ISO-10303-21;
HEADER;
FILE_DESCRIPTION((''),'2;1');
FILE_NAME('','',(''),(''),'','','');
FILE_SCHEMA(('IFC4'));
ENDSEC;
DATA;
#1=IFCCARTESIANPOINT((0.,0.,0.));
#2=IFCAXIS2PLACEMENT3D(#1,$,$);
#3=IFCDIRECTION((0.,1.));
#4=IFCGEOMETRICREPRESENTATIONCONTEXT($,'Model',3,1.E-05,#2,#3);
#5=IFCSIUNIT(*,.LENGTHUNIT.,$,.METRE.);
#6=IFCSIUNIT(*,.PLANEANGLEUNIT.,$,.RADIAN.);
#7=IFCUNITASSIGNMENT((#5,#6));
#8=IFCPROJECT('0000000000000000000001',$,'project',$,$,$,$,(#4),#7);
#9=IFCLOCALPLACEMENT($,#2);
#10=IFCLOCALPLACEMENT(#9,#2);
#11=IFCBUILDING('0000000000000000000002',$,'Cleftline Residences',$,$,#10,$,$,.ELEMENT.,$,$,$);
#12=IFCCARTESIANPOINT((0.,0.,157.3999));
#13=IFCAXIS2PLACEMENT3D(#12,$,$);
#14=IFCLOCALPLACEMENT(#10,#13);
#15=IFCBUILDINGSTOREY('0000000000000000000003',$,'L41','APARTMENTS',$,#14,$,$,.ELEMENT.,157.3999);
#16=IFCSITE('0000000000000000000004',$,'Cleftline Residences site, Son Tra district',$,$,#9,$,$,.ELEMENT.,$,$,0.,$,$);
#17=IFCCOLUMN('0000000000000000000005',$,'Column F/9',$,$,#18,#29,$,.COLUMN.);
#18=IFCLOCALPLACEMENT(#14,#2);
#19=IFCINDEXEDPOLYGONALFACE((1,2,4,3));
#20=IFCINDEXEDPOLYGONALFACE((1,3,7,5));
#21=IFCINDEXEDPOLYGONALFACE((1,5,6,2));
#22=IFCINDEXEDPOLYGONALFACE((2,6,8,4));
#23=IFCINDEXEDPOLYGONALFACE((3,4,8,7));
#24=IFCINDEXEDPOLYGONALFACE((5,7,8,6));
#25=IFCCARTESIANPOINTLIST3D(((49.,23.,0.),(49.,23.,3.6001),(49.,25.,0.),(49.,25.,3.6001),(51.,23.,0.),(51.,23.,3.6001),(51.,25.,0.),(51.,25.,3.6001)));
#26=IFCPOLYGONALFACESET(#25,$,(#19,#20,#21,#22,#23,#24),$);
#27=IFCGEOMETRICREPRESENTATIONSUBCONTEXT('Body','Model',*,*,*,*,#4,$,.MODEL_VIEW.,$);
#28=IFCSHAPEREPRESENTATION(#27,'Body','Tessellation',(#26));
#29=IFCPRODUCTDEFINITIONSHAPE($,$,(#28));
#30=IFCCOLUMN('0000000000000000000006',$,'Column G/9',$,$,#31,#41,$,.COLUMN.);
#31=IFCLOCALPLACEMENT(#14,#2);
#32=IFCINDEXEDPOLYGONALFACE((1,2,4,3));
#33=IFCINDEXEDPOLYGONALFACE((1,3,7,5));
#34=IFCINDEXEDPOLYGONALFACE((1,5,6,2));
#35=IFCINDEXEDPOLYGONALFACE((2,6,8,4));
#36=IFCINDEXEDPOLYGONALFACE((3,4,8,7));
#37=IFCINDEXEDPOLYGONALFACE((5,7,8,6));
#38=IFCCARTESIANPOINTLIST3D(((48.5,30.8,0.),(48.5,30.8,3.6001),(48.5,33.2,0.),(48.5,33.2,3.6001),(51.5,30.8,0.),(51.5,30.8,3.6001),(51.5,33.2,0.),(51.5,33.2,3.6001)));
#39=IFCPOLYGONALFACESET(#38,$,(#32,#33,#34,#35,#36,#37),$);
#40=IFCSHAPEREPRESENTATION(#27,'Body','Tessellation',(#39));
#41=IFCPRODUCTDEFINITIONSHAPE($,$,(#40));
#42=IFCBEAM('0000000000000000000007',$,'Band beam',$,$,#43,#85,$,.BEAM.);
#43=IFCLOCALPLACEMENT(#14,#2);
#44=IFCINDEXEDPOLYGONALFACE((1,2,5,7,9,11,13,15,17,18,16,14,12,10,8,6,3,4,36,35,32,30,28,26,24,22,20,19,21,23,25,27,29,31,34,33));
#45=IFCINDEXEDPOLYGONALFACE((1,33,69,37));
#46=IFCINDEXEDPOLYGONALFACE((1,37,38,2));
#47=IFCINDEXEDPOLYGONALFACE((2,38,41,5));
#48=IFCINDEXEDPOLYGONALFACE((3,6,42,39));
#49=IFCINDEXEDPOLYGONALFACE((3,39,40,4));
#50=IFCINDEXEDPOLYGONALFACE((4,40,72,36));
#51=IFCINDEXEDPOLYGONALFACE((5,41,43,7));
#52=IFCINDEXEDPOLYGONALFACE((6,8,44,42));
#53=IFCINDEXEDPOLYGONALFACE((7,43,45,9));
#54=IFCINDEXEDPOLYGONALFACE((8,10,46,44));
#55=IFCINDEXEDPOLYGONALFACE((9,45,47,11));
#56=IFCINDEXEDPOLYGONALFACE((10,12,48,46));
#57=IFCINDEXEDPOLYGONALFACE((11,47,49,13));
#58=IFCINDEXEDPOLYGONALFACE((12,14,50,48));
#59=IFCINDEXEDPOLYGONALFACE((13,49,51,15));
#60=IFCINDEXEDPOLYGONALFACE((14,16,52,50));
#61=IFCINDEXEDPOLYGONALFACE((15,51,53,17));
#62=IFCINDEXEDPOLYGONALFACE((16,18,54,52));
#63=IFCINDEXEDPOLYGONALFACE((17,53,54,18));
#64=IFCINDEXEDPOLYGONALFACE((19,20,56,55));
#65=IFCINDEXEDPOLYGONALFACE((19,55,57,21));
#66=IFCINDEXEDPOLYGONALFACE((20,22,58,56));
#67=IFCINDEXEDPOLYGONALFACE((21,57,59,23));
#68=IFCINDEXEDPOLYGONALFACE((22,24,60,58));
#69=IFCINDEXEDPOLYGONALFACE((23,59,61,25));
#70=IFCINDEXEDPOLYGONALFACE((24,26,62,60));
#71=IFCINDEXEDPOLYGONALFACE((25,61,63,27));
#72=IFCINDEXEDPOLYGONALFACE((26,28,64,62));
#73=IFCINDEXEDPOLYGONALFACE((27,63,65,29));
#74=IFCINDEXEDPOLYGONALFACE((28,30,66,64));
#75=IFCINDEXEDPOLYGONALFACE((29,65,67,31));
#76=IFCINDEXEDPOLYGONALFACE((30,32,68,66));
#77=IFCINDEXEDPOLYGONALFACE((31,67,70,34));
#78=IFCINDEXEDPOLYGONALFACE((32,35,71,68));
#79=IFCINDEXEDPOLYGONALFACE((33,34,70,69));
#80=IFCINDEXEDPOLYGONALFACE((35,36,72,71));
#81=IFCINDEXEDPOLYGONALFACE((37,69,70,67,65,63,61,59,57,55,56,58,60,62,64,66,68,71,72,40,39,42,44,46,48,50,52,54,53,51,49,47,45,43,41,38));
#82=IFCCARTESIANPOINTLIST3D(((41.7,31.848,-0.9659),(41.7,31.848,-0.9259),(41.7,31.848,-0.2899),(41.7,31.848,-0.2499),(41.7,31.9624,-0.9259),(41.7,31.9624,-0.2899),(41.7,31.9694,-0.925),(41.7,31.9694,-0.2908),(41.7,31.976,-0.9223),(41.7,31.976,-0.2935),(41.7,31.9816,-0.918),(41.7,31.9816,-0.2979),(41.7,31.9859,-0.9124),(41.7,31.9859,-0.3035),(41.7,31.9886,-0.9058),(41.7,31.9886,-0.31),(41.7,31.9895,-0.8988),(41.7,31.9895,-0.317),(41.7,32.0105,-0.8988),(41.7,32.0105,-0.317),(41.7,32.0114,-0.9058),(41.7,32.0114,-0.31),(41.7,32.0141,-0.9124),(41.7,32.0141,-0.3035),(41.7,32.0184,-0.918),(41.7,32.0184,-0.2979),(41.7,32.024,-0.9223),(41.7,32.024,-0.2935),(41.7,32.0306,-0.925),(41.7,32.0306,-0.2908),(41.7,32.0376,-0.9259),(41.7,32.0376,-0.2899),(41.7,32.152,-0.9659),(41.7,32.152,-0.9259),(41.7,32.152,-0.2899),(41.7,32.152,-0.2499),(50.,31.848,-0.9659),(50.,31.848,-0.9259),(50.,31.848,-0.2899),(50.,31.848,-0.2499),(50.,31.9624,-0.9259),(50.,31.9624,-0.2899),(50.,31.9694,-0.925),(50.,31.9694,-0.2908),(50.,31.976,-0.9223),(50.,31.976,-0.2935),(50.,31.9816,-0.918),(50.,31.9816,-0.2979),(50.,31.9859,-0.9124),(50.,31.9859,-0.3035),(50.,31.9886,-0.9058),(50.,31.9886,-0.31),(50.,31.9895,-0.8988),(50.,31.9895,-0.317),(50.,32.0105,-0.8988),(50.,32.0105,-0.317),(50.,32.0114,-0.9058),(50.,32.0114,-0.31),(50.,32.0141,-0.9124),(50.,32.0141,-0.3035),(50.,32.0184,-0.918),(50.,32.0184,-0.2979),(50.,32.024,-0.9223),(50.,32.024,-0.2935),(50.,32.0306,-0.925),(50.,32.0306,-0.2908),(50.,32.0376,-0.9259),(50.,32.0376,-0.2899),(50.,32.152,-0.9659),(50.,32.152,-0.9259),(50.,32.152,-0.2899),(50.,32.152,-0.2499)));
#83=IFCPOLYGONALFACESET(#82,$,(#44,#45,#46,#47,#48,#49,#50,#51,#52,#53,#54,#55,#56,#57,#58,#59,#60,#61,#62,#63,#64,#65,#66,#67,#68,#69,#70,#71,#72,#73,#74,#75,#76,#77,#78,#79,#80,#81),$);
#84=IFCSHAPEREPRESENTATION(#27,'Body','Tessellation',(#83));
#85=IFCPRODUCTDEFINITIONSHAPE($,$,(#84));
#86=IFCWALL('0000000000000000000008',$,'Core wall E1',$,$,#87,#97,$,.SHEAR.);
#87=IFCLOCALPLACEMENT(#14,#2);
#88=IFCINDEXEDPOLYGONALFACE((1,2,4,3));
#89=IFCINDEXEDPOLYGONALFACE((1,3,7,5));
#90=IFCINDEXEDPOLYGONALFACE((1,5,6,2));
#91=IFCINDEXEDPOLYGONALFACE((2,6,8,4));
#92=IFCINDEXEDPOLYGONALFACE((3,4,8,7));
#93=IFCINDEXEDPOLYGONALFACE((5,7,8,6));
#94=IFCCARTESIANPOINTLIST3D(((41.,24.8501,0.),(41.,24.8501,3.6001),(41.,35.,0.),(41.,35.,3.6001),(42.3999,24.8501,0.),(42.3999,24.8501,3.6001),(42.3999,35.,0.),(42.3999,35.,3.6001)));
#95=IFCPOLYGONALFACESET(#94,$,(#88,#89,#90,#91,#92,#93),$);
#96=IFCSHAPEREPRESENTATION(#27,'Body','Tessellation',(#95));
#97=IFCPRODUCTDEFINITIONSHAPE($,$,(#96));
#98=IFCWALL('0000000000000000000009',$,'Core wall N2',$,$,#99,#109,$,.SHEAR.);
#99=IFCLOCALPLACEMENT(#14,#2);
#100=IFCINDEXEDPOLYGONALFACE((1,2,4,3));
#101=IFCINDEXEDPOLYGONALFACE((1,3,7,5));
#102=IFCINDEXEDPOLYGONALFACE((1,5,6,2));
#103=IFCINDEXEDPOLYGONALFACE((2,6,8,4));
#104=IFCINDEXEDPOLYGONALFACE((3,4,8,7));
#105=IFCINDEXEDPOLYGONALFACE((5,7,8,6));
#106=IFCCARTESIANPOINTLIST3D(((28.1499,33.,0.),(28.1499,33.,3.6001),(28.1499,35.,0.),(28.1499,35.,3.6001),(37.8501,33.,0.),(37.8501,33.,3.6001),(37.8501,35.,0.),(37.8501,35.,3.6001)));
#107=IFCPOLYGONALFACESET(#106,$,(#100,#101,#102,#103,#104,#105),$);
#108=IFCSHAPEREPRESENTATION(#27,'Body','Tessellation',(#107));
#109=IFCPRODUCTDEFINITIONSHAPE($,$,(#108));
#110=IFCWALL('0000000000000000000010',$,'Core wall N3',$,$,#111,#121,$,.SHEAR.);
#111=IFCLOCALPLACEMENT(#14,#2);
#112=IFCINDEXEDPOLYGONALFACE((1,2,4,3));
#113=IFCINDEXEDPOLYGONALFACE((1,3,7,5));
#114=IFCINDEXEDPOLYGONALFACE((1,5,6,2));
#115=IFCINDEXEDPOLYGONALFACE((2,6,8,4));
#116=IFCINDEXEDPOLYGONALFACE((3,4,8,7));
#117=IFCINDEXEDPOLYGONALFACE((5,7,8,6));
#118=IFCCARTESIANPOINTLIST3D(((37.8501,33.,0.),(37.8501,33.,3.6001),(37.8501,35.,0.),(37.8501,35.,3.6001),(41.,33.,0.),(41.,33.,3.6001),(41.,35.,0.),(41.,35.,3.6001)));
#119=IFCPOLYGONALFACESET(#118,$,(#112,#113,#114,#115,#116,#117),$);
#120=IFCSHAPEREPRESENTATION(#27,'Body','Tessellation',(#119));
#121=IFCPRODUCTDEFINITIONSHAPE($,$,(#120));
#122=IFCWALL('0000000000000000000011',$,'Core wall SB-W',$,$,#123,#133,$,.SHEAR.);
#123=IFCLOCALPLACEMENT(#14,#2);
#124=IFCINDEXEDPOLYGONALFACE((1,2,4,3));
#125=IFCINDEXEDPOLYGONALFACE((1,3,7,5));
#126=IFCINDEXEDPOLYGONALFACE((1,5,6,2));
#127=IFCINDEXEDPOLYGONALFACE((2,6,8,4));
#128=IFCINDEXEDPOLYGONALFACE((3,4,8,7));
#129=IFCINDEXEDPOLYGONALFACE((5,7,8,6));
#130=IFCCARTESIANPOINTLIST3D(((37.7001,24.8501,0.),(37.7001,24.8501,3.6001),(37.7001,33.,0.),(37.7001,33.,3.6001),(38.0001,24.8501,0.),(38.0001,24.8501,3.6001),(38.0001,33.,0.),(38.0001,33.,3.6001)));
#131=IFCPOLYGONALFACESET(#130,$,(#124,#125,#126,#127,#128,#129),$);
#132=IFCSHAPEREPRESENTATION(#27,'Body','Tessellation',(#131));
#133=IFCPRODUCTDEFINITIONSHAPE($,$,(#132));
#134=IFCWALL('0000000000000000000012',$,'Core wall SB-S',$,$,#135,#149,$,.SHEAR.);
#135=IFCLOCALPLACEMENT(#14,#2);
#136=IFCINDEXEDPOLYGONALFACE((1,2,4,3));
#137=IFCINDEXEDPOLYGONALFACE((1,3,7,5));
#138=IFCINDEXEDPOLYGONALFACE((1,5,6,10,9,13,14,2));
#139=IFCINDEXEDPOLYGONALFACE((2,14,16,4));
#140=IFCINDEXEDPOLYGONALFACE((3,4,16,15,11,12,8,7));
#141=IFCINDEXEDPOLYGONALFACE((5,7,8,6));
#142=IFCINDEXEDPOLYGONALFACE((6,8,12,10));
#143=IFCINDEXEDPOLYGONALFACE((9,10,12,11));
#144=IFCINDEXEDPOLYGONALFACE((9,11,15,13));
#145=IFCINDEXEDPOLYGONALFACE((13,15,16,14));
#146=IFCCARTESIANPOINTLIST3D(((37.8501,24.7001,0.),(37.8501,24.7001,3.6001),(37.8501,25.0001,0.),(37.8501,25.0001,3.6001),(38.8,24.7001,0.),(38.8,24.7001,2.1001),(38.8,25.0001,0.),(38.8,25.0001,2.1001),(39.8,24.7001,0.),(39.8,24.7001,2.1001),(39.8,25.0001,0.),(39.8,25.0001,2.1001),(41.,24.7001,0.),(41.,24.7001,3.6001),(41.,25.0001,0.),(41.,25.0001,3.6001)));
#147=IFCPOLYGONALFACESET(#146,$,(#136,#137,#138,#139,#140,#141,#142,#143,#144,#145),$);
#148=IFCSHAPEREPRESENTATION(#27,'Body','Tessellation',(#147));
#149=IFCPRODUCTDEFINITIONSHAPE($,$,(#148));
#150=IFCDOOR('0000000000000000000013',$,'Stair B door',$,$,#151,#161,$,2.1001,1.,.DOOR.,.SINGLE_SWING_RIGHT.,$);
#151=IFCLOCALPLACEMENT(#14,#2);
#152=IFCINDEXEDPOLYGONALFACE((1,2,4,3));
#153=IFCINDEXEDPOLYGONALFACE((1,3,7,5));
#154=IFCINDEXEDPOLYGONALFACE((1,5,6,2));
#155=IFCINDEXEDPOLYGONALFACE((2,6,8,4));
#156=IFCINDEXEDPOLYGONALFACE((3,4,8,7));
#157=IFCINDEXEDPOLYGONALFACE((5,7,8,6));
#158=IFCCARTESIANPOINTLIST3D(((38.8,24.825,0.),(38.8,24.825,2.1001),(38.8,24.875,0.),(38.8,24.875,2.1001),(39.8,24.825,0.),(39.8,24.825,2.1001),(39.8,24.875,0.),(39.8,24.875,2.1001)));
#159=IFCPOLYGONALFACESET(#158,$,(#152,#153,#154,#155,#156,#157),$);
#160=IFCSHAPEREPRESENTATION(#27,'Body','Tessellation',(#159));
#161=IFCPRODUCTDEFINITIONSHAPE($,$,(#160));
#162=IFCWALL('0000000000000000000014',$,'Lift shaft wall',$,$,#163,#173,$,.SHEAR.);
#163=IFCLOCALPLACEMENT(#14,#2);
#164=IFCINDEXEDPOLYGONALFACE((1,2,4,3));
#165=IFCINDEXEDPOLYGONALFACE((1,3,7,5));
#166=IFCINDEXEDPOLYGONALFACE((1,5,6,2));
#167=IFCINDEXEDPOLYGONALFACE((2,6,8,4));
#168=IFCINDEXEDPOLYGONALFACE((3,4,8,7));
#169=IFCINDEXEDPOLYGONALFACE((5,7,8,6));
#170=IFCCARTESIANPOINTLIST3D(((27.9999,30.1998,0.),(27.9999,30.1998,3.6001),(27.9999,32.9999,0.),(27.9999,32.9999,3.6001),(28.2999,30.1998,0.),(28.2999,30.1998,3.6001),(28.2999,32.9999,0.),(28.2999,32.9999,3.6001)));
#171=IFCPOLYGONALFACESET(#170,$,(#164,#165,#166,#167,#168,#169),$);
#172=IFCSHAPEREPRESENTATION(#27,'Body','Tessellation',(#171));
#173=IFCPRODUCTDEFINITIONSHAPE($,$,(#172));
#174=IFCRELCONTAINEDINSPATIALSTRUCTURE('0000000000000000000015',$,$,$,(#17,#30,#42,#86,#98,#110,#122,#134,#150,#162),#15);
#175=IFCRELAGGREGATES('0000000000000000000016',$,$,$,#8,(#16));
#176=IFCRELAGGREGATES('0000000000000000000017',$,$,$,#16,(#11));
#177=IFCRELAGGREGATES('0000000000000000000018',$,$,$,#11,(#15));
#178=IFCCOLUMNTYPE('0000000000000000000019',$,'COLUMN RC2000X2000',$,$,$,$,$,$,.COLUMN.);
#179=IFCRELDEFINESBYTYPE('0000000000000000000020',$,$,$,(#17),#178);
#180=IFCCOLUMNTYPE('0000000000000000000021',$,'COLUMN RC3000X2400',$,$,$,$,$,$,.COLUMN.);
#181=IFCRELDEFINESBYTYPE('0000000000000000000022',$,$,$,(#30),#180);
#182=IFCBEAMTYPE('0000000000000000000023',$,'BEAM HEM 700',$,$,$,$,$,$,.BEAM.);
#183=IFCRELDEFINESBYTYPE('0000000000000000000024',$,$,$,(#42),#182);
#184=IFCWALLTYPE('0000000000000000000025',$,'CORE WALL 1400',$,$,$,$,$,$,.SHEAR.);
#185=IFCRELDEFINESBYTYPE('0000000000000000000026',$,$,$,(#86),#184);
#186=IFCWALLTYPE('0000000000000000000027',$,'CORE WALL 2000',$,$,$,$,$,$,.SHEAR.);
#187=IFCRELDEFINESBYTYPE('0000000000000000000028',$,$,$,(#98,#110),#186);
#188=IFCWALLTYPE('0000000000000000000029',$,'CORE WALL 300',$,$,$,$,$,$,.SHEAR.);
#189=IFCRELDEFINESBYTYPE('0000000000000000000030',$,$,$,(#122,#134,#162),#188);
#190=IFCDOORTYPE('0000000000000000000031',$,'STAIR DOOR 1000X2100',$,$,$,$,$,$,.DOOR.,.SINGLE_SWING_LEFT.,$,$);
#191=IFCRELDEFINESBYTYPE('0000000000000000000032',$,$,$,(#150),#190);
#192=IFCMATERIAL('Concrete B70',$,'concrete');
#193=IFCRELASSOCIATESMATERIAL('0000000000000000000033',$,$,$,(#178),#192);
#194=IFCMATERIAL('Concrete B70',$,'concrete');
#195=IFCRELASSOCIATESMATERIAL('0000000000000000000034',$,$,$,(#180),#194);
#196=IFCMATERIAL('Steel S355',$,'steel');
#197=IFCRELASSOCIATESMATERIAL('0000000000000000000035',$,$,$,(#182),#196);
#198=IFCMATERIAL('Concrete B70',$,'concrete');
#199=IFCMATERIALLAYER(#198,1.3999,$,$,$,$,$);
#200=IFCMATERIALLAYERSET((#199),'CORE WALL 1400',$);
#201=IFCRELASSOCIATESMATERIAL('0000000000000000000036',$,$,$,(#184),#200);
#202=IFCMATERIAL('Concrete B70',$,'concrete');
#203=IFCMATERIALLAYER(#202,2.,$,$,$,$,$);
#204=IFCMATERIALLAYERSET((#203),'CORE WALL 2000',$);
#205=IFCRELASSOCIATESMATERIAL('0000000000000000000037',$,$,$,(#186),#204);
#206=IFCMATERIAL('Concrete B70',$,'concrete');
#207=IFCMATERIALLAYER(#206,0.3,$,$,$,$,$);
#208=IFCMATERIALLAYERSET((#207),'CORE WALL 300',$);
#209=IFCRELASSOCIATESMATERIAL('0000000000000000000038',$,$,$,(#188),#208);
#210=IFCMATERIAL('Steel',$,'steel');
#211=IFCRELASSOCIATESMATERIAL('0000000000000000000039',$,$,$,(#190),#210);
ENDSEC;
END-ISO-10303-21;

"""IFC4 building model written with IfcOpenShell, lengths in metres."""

from ifc_helpers import new_model, si_unit, direction, frame, frame_2d, origin, origin_2d, place, context, subcontext, project, spatial, rectangle, i_section, extrude, material, layer, layer_set, material_profile, profile_set, type_object, element, fill, save


model = new_model("IFC4")

# Units and contexts
model_context = context("Model", 3, precision=1e-05, world=origin(), true_north=direction((0.0, 1.0)))
body_context = subcontext(model_context, "Body", "Model", "MODEL_VIEW")
ifc_project = project(units=[si_unit("LENGTHUNIT", "METRE"), si_unit("PLANEANGLEUNIT", "RADIAN")], contexts=[model_context])

# Site, building, storey
site_placement = place(None, origin())
site = spatial("IfcSite", under=ifc_project, at=site_placement, Name="Cleftline Residences site, Son Tra district", CompositionType="ELEMENT", RefElevation=0.0)
building_placement = place(site_placement, origin())
building = spatial("IfcBuilding", under=site, at=building_placement, Name="Cleftline Residences", CompositionType="ELEMENT")
storey_placement = place(building_placement, frame((0.0, 0.0, 157.3999)))
storey = spatial("IfcBuildingStorey", under=building, at=storey_placement, Name="L41", Description="APARTMENTS", CompositionType="ELEMENT", Elevation=157.3999)

# Columns
ifc_material_1 = material(Name="Concrete B70", Category="concrete")
ifc_material_profile_1 = material_profile(ifc_material_1, rectangle(XDim=2.0, YDim=2.0, at=origin_2d()))
ifc_profile_set_1 = profile_set([ifc_material_profile_1], Name="Concrete B70")
column_type_1 = type_object("IfcColumnType", Name="COLUMN RC2000X2000", PredefinedType="COLUMN", material=ifc_profile_set_1)
column_1_placement = place(storey_placement, frame((50.0, 24.0, 0.0), z_axis=(0.0, 0.0, 1.0), x_axis=(1.0, 0.0, 0.0)))
element("IfcColumn", 1, at=column_1_placement, inside=storey, type_object=column_type_1, Name="Column F/9", PredefinedType="COLUMN", context=body_context, shape_type="SweptSolid", body=[
    extrude(rectangle(XDim=2.0, YDim=2.0, at=origin_2d()), origin(), (0.0, 0.0, 1.0), 3.6001),
])
ifc_material_2 = material(Name="Concrete B70", Category="concrete")
ifc_material_profile_2 = material_profile(ifc_material_2, rectangle(XDim=3.0, YDim=2.3999, at=origin_2d()))
ifc_profile_set_2 = profile_set([ifc_material_profile_2], Name="Concrete B70")
column_type_2 = type_object("IfcColumnType", Name="COLUMN RC3000X2400", PredefinedType="COLUMN", material=ifc_profile_set_2)
column_2_placement = place(storey_placement, frame((50.0, 32.0, 0.0), z_axis=(0.0, 0.0, 1.0), x_axis=(1.0, 0.0, 0.0)))
element("IfcColumn", 2, at=column_2_placement, inside=storey, type_object=column_type_2, Name="Column G/9", PredefinedType="COLUMN", context=body_context, shape_type="SweptSolid", body=[
    extrude(rectangle(XDim=3.0, YDim=2.3999, at=origin_2d()), origin(), (0.0, 0.0, 1.0), 3.6001),
])

# Beam
ifc_material_3 = material(Name="Steel S355", Category="steel")
ifc_material_profile_3 = material_profile(ifc_material_3, i_section(OverallWidth=0.304, OverallDepth=0.7161, WebThickness=0.021, FlangeThickness=0.04, FilletRadius=0.0271, at=origin_2d()))
ifc_profile_set_3 = profile_set([ifc_material_profile_3], Name="Steel S355")
beam_type = type_object("IfcBeamType", Name="BEAM HEM 700", PredefinedType="BEAM", material=ifc_profile_set_3)
beam_placement = place(storey_placement, frame((50.0, 32.0, -0.6079), z_axis=(-1.0, 0.0, 0.0), x_axis=(0.0, -1.0, 0.0)))
element("IfcBeam", 3, at=beam_placement, inside=storey, type_object=beam_type, Name="Band beam", PredefinedType="BEAM", context=body_context, shape_type="SweptSolid", body=[
    extrude(i_section(OverallWidth=0.304, OverallDepth=0.7161, WebThickness=0.021, FlangeThickness=0.04, FilletRadius=0.0271, at=origin_2d()), origin(), (0.0, 0.0, 1.0), 8.3),
])

# Walls
ifc_material_4 = material(Name="Concrete B70", Category="concrete")
ifc_layer_1 = layer(ifc_material_4, 1.3999)
ifc_layer_set_1 = layer_set([ifc_layer_1], Name="CORE WALL 1400")
wall_type_1 = type_object("IfcWallType", Name="CORE WALL 1400", PredefinedType="SHEAR", material=ifc_layer_set_1)
wall_1_placement = place(storey_placement, frame((41.7, 24.8501, 0.0), z_axis=(0.0, 0.0, 1.0), x_axis=(0.0, 1.0, 0.0)))
element("IfcWall", 4, at=wall_1_placement, inside=storey, type_object=wall_type_1, Name="Core wall E1", PredefinedType="SHEAR", context=body_context, shape_type="SweptSolid", body=[
    extrude(rectangle(XDim=10.1499, YDim=1.3999, at=frame_2d((5.075, 0.0))), origin(), (0.0, 0.0, 1.0), 3.6001),
])
ifc_material_5 = material(Name="Concrete B70", Category="concrete")
ifc_layer_2 = layer(ifc_material_5, 2.0)
ifc_layer_set_2 = layer_set([ifc_layer_2], Name="CORE WALL 2000")
wall_type_2 = type_object("IfcWallType", Name="CORE WALL 2000", PredefinedType="SHEAR", material=ifc_layer_set_2)
wall_2_placement = place(storey_placement, frame((28.1499, 34.0, 0.0), z_axis=(0.0, 0.0, 1.0), x_axis=(1.0, 0.0, 0.0)))
element("IfcWall", 5, at=wall_2_placement, inside=storey, type_object=wall_type_2, Name="Core wall N2", PredefinedType="SHEAR", context=body_context, shape_type="SweptSolid", body=[
    extrude(rectangle(XDim=9.7002, YDim=2.0, at=frame_2d((4.8501, 0.0))), origin(), (0.0, 0.0, 1.0), 3.6001),
])
wall_3_placement = place(storey_placement, frame((37.8501, 34.0, 0.0), z_axis=(0.0, 0.0, 1.0), x_axis=(1.0, 0.0, 0.0)))
element("IfcWall", 6, at=wall_3_placement, inside=storey, type_object=wall_type_2, Name="Core wall N3", PredefinedType="SHEAR", context=body_context, shape_type="SweptSolid", body=[
    extrude(rectangle(XDim=3.1499, YDim=2.0, at=frame_2d((1.575, 0.0))), origin(), (0.0, 0.0, 1.0), 3.6001),
])
ifc_material_6 = material(Name="Concrete B70", Category="concrete")
ifc_layer_3 = layer(ifc_material_6, 0.3)
ifc_layer_set_3 = layer_set([ifc_layer_3], Name="CORE WALL 300")
wall_type_3 = type_object("IfcWallType", Name="CORE WALL 300", PredefinedType="SHEAR", material=ifc_layer_set_3)
wall_4_placement = place(storey_placement, frame((37.8501, 24.8501, 0.0), z_axis=(0.0, 0.0, 1.0), x_axis=(0.0, 1.0, 0.0)))
element("IfcWall", 7, at=wall_4_placement, inside=storey, type_object=wall_type_3, Name="Core wall SB-W", PredefinedType="SHEAR", context=body_context, shape_type="SweptSolid", body=[
    extrude(rectangle(XDim=8.1499, YDim=0.3, at=frame_2d((4.075, 0.0))), origin(), (0.0, 0.0, 1.0), 3.6001),
])

# Wall, opening, door
wall_5_placement = place(storey_placement, frame((37.8501, 24.8501, 0.0), z_axis=(0.0, 0.0, 1.0), x_axis=(1.0, 0.0, 0.0)))
wall_5 = element("IfcWall", 8, at=wall_5_placement, inside=storey, type_object=wall_type_3, Name="Core wall SB-S", PredefinedType="SHEAR", context=body_context, shape_type="SweptSolid", body=[
    extrude(rectangle(XDim=3.1499, YDim=0.3, at=frame_2d((1.575, 0.0))), origin(), (0.0, 0.0, 1.0), 3.6001),
])
opening_1_placement = place(wall_5_placement, frame((0.95, 0.0, 0.0)))
opening_1 = element("IfcOpeningElement", 9, at=opening_1_placement, cuts=wall_5, PredefinedType="OPENING", context=body_context, shape_type="SweptSolid", body=[
    extrude(rectangle(XDim=1.0, YDim=2.1001, at=frame_2d((0.5, 1.05))), frame((0.0, 0.1599, 0.0), z_axis=(0.0, -1.0, 0.0), x_axis=(1.0, 0.0, 0.0)), (0.0, 0.0, 1.0), 0.3201),
])
ifc_material_7 = material(Name="Steel", Category="steel")
door_type_1 = type_object("IfcDoorType", Name="STAIR DOOR 1000X2100", OperationType="SINGLE_SWING_LEFT", PredefinedType="DOOR", material=ifc_material_7)
door_1_placement = place(opening_1_placement, origin())
door_1 = element("IfcDoor", 10, at=door_1_placement, inside=storey, type_object=door_type_1, Name="Stair B door", OperationType="SINGLE_SWING_RIGHT", OverallHeight=2.1001, OverallWidth=1.0, PredefinedType="DOOR", context=body_context, shape_type="SweptSolid", body=[
    extrude(rectangle(XDim=1.0, YDim=2.1001, at=frame_2d((0.5, 1.05))), frame((0.0, 0.0249, 0.0), z_axis=(0.0, -1.0, 0.0), x_axis=(1.0, 0.0, 0.0)), (0.0, 0.0, 1.0), 0.05),
])
fill(opening_1, door_1)

# Wall
wall_6_placement = place(storey_placement, frame((28.1499, 30.2, 0.0), z_axis=(0.0, 0.0, 1.0), x_axis=(0.0, 1.0, 0.0)))
element("IfcWall", 11, at=wall_6_placement, inside=storey, type_object=wall_type_3, Name="Lift shaft wall", PredefinedType="SHEAR", context=body_context, shape_type="SweptSolid", body=[
    extrude(rectangle(XDim=2.8, YDim=0.3, at=frame_2d((1.3999, 0.0))), origin(), (0.0, 0.0, 1.0), 3.6001),
])

save(model, "model.ifc")
